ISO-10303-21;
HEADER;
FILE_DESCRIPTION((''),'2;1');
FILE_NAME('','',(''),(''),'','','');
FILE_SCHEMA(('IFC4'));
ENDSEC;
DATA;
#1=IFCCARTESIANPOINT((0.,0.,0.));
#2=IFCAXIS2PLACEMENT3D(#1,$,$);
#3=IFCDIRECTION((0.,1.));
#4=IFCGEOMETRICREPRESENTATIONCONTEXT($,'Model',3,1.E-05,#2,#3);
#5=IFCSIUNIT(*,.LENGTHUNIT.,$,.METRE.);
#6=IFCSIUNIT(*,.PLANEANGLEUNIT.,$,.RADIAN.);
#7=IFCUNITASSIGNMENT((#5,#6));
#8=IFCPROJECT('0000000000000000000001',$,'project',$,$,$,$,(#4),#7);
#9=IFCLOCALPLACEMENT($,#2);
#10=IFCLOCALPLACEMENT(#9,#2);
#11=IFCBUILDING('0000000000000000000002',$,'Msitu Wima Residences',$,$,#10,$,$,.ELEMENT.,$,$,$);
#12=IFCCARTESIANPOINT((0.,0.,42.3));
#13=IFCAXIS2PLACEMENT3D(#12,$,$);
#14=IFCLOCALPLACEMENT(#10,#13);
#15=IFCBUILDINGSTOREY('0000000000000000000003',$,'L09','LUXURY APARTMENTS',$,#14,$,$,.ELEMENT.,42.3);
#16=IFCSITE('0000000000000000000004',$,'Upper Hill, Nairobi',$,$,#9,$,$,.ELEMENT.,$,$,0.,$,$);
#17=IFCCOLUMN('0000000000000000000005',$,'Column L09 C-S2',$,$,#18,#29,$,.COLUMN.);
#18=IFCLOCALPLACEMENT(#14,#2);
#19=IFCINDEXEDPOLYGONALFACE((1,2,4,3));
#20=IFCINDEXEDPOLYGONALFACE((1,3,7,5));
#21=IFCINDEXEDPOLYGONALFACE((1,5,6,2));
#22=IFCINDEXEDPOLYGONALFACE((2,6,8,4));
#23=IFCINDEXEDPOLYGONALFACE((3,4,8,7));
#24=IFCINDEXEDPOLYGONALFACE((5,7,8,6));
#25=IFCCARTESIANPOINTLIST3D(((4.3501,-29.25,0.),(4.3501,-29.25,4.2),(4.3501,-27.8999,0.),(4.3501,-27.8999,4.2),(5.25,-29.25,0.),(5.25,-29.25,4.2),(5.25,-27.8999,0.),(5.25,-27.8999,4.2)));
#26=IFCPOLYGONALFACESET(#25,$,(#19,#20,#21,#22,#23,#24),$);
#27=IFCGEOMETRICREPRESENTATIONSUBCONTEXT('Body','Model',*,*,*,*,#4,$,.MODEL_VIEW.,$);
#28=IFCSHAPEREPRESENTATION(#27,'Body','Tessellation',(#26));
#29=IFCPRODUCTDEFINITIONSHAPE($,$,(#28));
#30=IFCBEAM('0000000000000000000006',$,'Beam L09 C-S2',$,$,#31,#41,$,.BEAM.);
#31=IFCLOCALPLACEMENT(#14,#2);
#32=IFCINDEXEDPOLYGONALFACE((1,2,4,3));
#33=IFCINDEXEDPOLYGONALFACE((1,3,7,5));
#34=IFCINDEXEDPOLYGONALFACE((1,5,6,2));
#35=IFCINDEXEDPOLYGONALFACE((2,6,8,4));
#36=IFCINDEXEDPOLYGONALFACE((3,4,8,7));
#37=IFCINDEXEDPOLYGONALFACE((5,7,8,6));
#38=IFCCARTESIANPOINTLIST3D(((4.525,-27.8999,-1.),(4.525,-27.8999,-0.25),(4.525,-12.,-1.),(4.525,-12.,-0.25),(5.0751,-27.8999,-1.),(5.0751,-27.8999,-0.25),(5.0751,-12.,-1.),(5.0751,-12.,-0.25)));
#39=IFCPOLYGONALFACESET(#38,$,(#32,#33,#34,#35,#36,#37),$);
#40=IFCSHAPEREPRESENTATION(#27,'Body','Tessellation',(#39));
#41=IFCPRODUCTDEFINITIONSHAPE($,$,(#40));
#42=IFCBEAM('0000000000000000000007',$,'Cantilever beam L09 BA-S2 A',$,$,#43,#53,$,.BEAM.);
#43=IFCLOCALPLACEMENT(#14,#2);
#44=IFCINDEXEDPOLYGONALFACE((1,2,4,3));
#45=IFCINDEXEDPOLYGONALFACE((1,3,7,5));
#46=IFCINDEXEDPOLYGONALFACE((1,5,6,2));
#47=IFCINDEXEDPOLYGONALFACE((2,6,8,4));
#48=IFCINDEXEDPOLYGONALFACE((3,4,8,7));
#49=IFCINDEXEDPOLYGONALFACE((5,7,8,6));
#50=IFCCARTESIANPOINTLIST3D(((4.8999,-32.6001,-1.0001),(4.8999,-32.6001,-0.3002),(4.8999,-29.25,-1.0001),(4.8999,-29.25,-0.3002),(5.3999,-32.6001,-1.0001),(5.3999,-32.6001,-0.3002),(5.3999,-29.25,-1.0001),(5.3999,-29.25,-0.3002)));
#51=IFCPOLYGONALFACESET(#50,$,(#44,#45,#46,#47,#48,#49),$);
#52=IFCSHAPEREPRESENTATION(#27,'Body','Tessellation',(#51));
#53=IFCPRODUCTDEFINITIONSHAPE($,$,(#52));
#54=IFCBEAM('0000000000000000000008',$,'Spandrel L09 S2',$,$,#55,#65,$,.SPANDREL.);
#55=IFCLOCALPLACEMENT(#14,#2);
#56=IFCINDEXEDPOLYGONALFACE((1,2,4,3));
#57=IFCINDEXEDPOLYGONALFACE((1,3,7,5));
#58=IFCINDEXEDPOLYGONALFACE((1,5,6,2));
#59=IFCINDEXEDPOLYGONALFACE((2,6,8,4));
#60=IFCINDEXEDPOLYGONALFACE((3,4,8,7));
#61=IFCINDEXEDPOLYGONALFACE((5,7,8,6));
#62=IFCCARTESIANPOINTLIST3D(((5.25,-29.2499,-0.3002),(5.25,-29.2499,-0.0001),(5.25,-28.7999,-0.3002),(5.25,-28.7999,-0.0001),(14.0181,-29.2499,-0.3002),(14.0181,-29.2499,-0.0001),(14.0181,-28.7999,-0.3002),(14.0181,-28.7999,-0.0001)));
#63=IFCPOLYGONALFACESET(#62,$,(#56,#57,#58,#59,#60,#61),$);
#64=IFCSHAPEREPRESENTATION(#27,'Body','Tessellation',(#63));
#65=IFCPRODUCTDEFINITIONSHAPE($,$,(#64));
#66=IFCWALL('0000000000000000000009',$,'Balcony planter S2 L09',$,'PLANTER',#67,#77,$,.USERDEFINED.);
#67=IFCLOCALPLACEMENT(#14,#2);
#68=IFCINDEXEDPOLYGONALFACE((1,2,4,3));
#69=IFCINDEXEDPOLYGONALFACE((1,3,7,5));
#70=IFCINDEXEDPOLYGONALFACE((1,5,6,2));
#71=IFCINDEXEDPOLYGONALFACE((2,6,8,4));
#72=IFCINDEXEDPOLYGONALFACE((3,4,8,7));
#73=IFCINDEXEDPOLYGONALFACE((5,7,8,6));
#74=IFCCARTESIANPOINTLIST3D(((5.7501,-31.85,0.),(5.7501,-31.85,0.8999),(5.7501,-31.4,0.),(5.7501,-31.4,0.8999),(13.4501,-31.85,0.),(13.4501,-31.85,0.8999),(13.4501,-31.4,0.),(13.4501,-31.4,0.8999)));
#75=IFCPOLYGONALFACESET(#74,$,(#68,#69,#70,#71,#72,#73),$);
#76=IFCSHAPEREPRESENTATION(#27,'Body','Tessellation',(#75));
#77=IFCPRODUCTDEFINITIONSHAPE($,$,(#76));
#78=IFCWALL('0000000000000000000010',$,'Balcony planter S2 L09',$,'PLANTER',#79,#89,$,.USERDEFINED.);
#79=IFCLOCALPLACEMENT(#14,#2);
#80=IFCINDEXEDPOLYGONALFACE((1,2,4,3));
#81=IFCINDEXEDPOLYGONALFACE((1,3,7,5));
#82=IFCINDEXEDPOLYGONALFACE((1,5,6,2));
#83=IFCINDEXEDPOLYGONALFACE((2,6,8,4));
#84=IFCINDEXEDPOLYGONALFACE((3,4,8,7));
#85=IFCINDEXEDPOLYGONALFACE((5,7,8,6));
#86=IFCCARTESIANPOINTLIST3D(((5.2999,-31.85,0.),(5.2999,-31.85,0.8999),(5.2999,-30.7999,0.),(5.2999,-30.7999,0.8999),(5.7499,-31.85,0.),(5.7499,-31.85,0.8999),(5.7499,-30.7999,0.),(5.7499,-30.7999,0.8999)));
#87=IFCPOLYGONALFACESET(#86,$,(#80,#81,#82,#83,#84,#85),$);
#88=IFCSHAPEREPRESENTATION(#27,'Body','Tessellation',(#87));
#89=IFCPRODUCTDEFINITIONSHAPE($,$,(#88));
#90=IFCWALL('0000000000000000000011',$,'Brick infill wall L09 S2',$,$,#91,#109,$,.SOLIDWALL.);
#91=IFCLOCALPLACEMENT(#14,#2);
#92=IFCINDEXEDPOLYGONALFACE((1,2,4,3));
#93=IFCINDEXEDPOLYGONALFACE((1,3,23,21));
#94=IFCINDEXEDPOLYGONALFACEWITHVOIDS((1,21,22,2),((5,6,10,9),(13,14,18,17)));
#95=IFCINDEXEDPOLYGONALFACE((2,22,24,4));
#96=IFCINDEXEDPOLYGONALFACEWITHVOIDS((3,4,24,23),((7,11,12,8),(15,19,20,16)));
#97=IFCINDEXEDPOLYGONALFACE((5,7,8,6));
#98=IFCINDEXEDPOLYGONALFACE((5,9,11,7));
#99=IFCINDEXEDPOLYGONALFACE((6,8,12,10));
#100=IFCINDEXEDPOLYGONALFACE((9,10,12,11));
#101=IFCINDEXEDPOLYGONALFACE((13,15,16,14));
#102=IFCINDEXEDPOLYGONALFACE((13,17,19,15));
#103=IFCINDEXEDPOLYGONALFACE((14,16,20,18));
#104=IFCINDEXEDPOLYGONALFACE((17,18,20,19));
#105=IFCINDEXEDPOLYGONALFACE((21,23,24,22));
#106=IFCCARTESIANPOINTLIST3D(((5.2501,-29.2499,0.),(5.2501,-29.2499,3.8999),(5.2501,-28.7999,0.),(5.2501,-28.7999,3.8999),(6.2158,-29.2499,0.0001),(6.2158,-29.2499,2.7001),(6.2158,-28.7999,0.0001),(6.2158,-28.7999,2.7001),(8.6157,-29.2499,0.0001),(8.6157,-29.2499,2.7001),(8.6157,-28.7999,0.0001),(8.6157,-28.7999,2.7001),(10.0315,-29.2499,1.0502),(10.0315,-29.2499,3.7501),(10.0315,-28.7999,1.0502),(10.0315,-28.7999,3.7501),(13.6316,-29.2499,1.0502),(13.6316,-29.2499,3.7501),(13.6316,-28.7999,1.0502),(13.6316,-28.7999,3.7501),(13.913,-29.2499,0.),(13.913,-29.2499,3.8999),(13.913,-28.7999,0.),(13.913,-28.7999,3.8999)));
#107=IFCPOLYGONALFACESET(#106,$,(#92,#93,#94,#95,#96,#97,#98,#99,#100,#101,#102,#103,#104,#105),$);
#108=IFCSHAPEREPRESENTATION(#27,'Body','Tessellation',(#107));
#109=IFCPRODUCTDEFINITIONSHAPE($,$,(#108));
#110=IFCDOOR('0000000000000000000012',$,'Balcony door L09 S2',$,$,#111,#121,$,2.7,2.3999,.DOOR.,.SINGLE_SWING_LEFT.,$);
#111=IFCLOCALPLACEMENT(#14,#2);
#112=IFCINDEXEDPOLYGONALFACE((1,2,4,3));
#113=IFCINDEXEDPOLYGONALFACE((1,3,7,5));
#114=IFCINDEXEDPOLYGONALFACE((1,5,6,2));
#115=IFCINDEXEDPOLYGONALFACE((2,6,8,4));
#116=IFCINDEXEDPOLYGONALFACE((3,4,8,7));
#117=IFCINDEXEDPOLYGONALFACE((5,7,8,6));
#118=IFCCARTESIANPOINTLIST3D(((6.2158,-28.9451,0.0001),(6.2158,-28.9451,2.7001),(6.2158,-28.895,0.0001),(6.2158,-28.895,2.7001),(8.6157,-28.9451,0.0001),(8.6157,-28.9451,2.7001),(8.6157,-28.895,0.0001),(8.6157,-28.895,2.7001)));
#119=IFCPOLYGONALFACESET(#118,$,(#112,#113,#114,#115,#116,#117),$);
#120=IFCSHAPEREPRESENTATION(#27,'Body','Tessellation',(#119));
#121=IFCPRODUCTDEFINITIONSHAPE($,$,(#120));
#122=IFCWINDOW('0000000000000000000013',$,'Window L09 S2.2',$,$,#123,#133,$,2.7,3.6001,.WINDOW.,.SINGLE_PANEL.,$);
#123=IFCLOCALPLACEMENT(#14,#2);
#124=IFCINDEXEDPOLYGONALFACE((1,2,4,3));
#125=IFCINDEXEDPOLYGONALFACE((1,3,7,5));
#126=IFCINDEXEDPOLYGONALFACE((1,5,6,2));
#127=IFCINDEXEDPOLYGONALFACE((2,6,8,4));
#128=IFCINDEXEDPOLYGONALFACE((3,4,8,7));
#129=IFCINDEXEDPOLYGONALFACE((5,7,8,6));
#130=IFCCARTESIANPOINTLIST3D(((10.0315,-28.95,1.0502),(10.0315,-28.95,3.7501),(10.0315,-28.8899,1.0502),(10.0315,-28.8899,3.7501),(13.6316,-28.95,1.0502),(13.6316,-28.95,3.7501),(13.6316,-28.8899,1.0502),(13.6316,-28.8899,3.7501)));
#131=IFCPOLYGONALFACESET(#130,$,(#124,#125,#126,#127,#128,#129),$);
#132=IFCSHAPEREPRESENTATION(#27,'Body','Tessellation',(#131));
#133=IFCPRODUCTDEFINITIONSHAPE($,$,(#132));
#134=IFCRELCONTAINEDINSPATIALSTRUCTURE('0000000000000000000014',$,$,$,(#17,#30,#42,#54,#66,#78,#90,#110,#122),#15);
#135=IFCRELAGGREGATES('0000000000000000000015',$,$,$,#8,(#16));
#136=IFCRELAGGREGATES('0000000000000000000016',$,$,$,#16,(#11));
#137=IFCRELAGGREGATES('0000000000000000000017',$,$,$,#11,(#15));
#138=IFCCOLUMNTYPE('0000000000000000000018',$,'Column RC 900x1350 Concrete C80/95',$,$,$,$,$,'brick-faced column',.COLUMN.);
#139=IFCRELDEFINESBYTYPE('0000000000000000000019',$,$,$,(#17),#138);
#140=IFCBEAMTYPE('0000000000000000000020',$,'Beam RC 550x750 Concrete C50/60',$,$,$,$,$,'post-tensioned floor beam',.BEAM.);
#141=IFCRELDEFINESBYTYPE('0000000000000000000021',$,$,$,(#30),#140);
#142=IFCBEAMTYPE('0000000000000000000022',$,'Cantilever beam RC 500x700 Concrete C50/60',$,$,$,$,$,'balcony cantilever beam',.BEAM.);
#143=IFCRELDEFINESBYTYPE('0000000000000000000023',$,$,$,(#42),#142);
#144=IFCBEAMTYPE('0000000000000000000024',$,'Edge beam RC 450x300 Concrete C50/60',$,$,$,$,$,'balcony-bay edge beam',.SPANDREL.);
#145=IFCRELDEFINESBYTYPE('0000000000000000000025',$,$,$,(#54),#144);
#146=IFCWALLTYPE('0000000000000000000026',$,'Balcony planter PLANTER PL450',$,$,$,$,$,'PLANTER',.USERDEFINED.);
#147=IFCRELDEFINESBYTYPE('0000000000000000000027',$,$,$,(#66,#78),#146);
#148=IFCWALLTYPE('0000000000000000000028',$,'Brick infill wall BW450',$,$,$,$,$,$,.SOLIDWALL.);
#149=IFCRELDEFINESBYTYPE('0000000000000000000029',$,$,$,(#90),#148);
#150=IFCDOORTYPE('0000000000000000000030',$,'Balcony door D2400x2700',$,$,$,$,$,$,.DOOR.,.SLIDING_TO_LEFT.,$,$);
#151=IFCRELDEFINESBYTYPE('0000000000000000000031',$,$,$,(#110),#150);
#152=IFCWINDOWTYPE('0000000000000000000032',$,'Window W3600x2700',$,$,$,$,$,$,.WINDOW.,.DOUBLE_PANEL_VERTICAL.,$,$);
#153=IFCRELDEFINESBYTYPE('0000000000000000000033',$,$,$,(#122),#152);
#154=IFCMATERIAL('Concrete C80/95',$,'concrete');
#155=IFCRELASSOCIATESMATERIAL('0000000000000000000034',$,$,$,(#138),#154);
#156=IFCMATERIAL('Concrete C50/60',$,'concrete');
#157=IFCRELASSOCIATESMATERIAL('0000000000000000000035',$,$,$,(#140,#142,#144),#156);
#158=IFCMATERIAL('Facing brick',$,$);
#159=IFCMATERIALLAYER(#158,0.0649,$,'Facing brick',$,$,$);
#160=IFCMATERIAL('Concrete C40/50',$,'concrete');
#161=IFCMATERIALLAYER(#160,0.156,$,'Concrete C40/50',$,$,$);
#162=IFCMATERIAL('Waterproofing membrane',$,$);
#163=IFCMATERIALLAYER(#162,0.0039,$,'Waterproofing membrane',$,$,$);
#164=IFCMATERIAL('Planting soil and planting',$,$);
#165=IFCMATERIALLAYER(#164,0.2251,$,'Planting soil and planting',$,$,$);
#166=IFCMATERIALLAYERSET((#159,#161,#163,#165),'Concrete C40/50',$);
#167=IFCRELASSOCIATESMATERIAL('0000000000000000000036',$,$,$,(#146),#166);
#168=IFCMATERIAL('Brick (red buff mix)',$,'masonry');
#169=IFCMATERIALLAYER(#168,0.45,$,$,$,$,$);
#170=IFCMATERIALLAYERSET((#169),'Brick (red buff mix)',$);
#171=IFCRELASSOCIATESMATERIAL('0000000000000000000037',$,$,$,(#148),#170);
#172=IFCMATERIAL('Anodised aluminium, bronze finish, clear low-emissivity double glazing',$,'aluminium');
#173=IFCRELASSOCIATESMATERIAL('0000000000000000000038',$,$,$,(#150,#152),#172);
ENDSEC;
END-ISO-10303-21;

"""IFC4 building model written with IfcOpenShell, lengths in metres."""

from ifc_helpers import new_model, si_unit, direction, frame, frame_2d, origin, origin_2d, place, context, subcontext, project, spatial, rectangle, extrude, material, layer, layer_set, material_profile, profile_set, type_object, element, fill, save


model = new_model("IFC4")

# Units and contexts
model_context = context("Model", 3, precision=1e-05, world=origin(), true_north=direction((0.0, 1.0)))
body_context = subcontext(model_context, "Body", "Model", "MODEL_VIEW")
ifc_project = project(units=[si_unit("LENGTHUNIT", "METRE"), si_unit("PLANEANGLEUNIT", "RADIAN")], contexts=[model_context])

# Site, building, storey
site_placement = place(None, origin())
site = spatial("IfcSite", under=ifc_project, at=site_placement, Name="Upper Hill, Nairobi", CompositionType="ELEMENT", RefElevation=0.0)
building_placement = place(site_placement, origin())
building = spatial("IfcBuilding", under=site, at=building_placement, Name="Msitu Wima Residences", CompositionType="ELEMENT")
storey_placement = place(building_placement, frame((0.0, 0.0, 42.3)))
storey = spatial("IfcBuildingStorey", under=building, at=storey_placement, Name="L09", Description="LUXURY APARTMENTS", CompositionType="ELEMENT", Elevation=42.3)

# Column
ifc_material_1 = material(Name="Concrete C80/95", Category="concrete")
ifc_material_profile_1 = material_profile(ifc_material_1, rectangle(XDim=0.8999, YDim=1.3501, at=origin_2d()), Name="RC 900x1350")
ifc_profile_set_1 = profile_set([ifc_material_profile_1], Name="Concrete C80/95")
column_type = type_object("IfcColumnType", Name="Column RC 900x1350 Concrete C80/95", ElementType="brick-faced column", PredefinedType="COLUMN", material=ifc_profile_set_1)
column_placement = place(storey_placement, frame((4.8, -28.575, 0.0), z_axis=(0.0, 0.0, 1.0), x_axis=(1.0, 0.0, 0.0)))
element("IfcColumn", 1, at=column_placement, inside=storey, type_object=column_type, Name="Column L09 C-S2", PredefinedType="COLUMN", context=body_context, shape_type="SweptSolid", body=[
    extrude(rectangle(XDim=0.8999, YDim=1.3501, at=origin_2d()), origin(), (0.0, 0.0, 1.0), 4.2),
])

# Beams
ifc_material_2 = material(Name="Concrete C50/60", Category="concrete")
ifc_material_profile_2 = material_profile(ifc_material_2, rectangle(XDim=0.55, YDim=0.75, at=origin_2d()), Name="RC 550x750")
ifc_profile_set_2 = profile_set([ifc_material_profile_2], Name="Concrete C50/60")
beam_type_1 = type_object("IfcBeamType", Name="Beam RC 550x750 Concrete C50/60", ElementType="post-tensioned floor beam", PredefinedType="BEAM", material=ifc_profile_set_2)
beam_1_placement = place(storey_placement, frame((4.8, -27.8999, -0.625), z_axis=(0.0, 1.0, 0.0), x_axis=(-1.0, 0.0, 0.0)))
element("IfcBeam", 2, at=beam_1_placement, inside=storey, type_object=beam_type_1, Name="Beam L09 C-S2", PredefinedType="BEAM", context=body_context, shape_type="SweptSolid", body=[
    extrude(rectangle(XDim=0.55, YDim=0.75, at=origin_2d()), origin(), (0.0, 0.0, 1.0), 15.8999),
])
ifc_material_profile_3 = material_profile(ifc_material_2, rectangle(XDim=0.5, YDim=0.7, at=origin_2d()), Name="RC 500x700")
ifc_profile_set_3 = profile_set([ifc_material_profile_3], Name="Concrete C50/60")
beam_type_2 = type_object("IfcBeamType", Name="Cantilever beam RC 500x700 Concrete C50/60", ElementType="balcony cantilever beam", PredefinedType="BEAM", material=ifc_profile_set_3)
beam_2_placement = place(storey_placement, frame((5.1499, -29.25, -0.6501), z_axis=(0.0, -1.0, 0.0), x_axis=(1.0, 0.0, 0.0)))
element("IfcBeam", 3, at=beam_2_placement, inside=storey, type_object=beam_type_2, Name="Cantilever beam L09 BA-S2 A", PredefinedType="BEAM", context=body_context, shape_type="SweptSolid", body=[
    extrude(rectangle(XDim=0.5, YDim=0.7, at=origin_2d()), origin(), (0.0, 0.0, 1.0), 3.3501),
])
ifc_material_profile_4 = material_profile(ifc_material_2, rectangle(XDim=0.45, YDim=0.3, at=origin_2d()), Name="RC 450x300")
ifc_profile_set_4 = profile_set([ifc_material_profile_4], Name="Concrete C50/60")
beam_type_3 = type_object("IfcBeamType", Name="Edge beam RC 450x300 Concrete C50/60", ElementType="balcony-bay edge beam", PredefinedType="SPANDREL", material=ifc_profile_set_4)
beam_3_placement = place(storey_placement, frame((5.25, -29.0249, -0.1501), z_axis=(1.0, 0.0, 0.0), x_axis=(0.0, 1.0, 0.0)))
element("IfcBeam", 4, at=beam_3_placement, inside=storey, type_object=beam_type_3, Name="Spandrel L09 S2", PredefinedType="SPANDREL", context=body_context, shape_type="SweptSolid", body=[
    extrude(rectangle(XDim=0.45, YDim=0.3, at=origin_2d()), origin(), (0.0, 0.0, 1.0), 8.7681),
])

# Walls
ifc_material_3 = material(Name="Facing brick")
ifc_layer_1 = layer(ifc_material_3, 0.0649, Name="Facing brick")
ifc_material_4 = material(Name="Concrete C40/50", Category="concrete")
ifc_layer_2 = layer(ifc_material_4, 0.156, Name="Concrete C40/50")
ifc_material_5 = material(Name="Waterproofing membrane")
ifc_layer_3 = layer(ifc_material_5, 0.0039, Name="Waterproofing membrane")
ifc_material_6 = material(Name="Planting soil and planting")
ifc_layer_4 = layer(ifc_material_6, 0.2251, Name="Planting soil and planting")
ifc_layer_set_1 = layer_set([ifc_layer_1, ifc_layer_2, ifc_layer_3, ifc_layer_4], Name="Concrete C40/50")
wall_type_1 = type_object("IfcWallType", Name="Balcony planter PLANTER PL450", ElementType="PLANTER", PredefinedType="USERDEFINED", material=ifc_layer_set_1)
wall_1_placement = place(storey_placement, frame((5.75, -31.625, 0.0), z_axis=(0.0, 0.0, 1.0), x_axis=(1.0, 0.0, 0.0)))
element("IfcWall", 5, at=wall_1_placement, inside=storey, type_object=wall_type_1, Name="Balcony planter S2 L09", ObjectType="PLANTER", PredefinedType="USERDEFINED", context=body_context, shape_type="SweptSolid", body=[
    extrude(rectangle(XDim=7.7, YDim=0.45, at=frame_2d((3.8501, 0.0))), origin(), (0.0, 0.0, 1.0), 0.8999),
])
wall_2_placement = place(storey_placement, frame((5.5249, -30.8, 0.0), z_axis=(0.0, 0.0, 1.0), x_axis=(0.0, -1.0, 0.0)))
element("IfcWall", 6, at=wall_2_placement, inside=storey, type_object=wall_type_1, Name="Balcony planter S2 L09", ObjectType="PLANTER", PredefinedType="USERDEFINED", context=body_context, shape_type="SweptSolid", body=[
    extrude(rectangle(XDim=1.05, YDim=0.45, at=frame_2d((0.5249, 0.0))), origin(), (0.0, 0.0, 1.0), 0.8999),
])

# Wall, openings, door, window
ifc_material_7 = material(Name="Brick (red buff mix)", Category="masonry")
ifc_layer_5 = layer(ifc_material_7, 0.45)
ifc_layer_set_2 = layer_set([ifc_layer_5], Name="Brick (red buff mix)")
wall_type_2 = type_object("IfcWallType", Name="Brick infill wall BW450", PredefinedType="SOLIDWALL", material=ifc_layer_set_2)
wall_3_placement = place(storey_placement, frame((5.25, -29.0249, 0.0), z_axis=(0.0, 0.0, 1.0), x_axis=(1.0, 0.0, 0.0)))
wall_3 = element("IfcWall", 7, at=wall_3_placement, inside=storey, type_object=wall_type_2, Name="Brick infill wall L09 S2", PredefinedType="SOLIDWALL", context=body_context, shape_type="SweptSolid", body=[
    extrude(rectangle(XDim=8.6628, YDim=0.45, at=frame_2d((4.3315, 0.0))), origin(), (0.0, 0.0, 1.0), 3.8999),
])
opening_1_placement = place(wall_3_placement, frame((0.9658, 0.0, 0.0)))
opening_1 = element("IfcOpeningElement", 8, at=opening_1_placement, cuts=wall_3, PredefinedType="OPENING", context=body_context, shape_type="SweptSolid", body=[
    extrude(rectangle(XDim=2.3999, YDim=2.7, at=frame_2d((1.2, 1.3501))), frame((0.0, 0.2349, 0.0), z_axis=(0.0, -1.0, 0.0), x_axis=(1.0, 0.0, 0.0)), (0.0, 0.0, 1.0), 0.47),
])
opening_2_placement = place(wall_3_placement, frame((4.7815, 0.0, 1.05)))
opening_2 = element("IfcOpeningElement", 9, at=opening_2_placement, cuts=wall_3, PredefinedType="OPENING", context=body_context, shape_type="SweptSolid", body=[
    extrude(rectangle(XDim=3.6001, YDim=2.7, at=frame_2d((1.8, 1.3501))), frame((0.0, 0.2349, 0.0), z_axis=(0.0, -1.0, 0.0), x_axis=(1.0, 0.0, 0.0)), (0.0, 0.0, 1.0), 0.47),
])
ifc_material_8 = material(Name="Anodised aluminium, bronze finish, clear low-emissivity double glazing", Category="aluminium")
door_type_1 = type_object("IfcDoorType", Name="Balcony door D2400x2700", OperationType="SLIDING_TO_LEFT", PredefinedType="DOOR", material=ifc_material_8)
door_1_placement = place(opening_1_placement, origin())
door_1 = element("IfcDoor", 10, at=door_1_placement, inside=storey, type_object=door_type_1, Name="Balcony door L09 S2", OperationType="SINGLE_SWING_LEFT", OverallHeight=2.7, OverallWidth=2.3999, PredefinedType="DOOR", context=body_context, shape_type="SweptSolid", body=[
    extrude(rectangle(XDim=2.3999, YDim=2.7, at=frame_2d((1.2, 1.3501))), frame((0.0, 0.1299, 0.0), z_axis=(0.0, -1.0, 0.0), x_axis=(1.0, 0.0, 0.0)), (0.0, 0.0, 1.0), 0.05),
])
fill(opening_1, door_1)
window_type = type_object("IfcWindowType", Name="Window W3600x2700", PartitioningType="DOUBLE_PANEL_VERTICAL", PredefinedType="WINDOW", material=ifc_material_8)
window_placement = place(opening_2_placement, origin())
window = element("IfcWindow", 11, at=window_placement, inside=storey, type_object=window_type, Name="Window L09 S2.2", OverallHeight=2.7, OverallWidth=3.6001, PartitioningType="SINGLE_PANEL", PredefinedType="WINDOW", context=body_context, shape_type="SweptSolid", body=[
    extrude(rectangle(XDim=3.6001, YDim=2.7, at=frame_2d((1.8, 1.3501))), frame((0.0, 0.135, 0.0), z_axis=(0.0, -1.0, 0.0), x_axis=(1.0, 0.0, 0.0)), (0.0, 0.0, 1.0), 0.0601),
])
fill(opening_2, window)

save(model, "model.ifc")
